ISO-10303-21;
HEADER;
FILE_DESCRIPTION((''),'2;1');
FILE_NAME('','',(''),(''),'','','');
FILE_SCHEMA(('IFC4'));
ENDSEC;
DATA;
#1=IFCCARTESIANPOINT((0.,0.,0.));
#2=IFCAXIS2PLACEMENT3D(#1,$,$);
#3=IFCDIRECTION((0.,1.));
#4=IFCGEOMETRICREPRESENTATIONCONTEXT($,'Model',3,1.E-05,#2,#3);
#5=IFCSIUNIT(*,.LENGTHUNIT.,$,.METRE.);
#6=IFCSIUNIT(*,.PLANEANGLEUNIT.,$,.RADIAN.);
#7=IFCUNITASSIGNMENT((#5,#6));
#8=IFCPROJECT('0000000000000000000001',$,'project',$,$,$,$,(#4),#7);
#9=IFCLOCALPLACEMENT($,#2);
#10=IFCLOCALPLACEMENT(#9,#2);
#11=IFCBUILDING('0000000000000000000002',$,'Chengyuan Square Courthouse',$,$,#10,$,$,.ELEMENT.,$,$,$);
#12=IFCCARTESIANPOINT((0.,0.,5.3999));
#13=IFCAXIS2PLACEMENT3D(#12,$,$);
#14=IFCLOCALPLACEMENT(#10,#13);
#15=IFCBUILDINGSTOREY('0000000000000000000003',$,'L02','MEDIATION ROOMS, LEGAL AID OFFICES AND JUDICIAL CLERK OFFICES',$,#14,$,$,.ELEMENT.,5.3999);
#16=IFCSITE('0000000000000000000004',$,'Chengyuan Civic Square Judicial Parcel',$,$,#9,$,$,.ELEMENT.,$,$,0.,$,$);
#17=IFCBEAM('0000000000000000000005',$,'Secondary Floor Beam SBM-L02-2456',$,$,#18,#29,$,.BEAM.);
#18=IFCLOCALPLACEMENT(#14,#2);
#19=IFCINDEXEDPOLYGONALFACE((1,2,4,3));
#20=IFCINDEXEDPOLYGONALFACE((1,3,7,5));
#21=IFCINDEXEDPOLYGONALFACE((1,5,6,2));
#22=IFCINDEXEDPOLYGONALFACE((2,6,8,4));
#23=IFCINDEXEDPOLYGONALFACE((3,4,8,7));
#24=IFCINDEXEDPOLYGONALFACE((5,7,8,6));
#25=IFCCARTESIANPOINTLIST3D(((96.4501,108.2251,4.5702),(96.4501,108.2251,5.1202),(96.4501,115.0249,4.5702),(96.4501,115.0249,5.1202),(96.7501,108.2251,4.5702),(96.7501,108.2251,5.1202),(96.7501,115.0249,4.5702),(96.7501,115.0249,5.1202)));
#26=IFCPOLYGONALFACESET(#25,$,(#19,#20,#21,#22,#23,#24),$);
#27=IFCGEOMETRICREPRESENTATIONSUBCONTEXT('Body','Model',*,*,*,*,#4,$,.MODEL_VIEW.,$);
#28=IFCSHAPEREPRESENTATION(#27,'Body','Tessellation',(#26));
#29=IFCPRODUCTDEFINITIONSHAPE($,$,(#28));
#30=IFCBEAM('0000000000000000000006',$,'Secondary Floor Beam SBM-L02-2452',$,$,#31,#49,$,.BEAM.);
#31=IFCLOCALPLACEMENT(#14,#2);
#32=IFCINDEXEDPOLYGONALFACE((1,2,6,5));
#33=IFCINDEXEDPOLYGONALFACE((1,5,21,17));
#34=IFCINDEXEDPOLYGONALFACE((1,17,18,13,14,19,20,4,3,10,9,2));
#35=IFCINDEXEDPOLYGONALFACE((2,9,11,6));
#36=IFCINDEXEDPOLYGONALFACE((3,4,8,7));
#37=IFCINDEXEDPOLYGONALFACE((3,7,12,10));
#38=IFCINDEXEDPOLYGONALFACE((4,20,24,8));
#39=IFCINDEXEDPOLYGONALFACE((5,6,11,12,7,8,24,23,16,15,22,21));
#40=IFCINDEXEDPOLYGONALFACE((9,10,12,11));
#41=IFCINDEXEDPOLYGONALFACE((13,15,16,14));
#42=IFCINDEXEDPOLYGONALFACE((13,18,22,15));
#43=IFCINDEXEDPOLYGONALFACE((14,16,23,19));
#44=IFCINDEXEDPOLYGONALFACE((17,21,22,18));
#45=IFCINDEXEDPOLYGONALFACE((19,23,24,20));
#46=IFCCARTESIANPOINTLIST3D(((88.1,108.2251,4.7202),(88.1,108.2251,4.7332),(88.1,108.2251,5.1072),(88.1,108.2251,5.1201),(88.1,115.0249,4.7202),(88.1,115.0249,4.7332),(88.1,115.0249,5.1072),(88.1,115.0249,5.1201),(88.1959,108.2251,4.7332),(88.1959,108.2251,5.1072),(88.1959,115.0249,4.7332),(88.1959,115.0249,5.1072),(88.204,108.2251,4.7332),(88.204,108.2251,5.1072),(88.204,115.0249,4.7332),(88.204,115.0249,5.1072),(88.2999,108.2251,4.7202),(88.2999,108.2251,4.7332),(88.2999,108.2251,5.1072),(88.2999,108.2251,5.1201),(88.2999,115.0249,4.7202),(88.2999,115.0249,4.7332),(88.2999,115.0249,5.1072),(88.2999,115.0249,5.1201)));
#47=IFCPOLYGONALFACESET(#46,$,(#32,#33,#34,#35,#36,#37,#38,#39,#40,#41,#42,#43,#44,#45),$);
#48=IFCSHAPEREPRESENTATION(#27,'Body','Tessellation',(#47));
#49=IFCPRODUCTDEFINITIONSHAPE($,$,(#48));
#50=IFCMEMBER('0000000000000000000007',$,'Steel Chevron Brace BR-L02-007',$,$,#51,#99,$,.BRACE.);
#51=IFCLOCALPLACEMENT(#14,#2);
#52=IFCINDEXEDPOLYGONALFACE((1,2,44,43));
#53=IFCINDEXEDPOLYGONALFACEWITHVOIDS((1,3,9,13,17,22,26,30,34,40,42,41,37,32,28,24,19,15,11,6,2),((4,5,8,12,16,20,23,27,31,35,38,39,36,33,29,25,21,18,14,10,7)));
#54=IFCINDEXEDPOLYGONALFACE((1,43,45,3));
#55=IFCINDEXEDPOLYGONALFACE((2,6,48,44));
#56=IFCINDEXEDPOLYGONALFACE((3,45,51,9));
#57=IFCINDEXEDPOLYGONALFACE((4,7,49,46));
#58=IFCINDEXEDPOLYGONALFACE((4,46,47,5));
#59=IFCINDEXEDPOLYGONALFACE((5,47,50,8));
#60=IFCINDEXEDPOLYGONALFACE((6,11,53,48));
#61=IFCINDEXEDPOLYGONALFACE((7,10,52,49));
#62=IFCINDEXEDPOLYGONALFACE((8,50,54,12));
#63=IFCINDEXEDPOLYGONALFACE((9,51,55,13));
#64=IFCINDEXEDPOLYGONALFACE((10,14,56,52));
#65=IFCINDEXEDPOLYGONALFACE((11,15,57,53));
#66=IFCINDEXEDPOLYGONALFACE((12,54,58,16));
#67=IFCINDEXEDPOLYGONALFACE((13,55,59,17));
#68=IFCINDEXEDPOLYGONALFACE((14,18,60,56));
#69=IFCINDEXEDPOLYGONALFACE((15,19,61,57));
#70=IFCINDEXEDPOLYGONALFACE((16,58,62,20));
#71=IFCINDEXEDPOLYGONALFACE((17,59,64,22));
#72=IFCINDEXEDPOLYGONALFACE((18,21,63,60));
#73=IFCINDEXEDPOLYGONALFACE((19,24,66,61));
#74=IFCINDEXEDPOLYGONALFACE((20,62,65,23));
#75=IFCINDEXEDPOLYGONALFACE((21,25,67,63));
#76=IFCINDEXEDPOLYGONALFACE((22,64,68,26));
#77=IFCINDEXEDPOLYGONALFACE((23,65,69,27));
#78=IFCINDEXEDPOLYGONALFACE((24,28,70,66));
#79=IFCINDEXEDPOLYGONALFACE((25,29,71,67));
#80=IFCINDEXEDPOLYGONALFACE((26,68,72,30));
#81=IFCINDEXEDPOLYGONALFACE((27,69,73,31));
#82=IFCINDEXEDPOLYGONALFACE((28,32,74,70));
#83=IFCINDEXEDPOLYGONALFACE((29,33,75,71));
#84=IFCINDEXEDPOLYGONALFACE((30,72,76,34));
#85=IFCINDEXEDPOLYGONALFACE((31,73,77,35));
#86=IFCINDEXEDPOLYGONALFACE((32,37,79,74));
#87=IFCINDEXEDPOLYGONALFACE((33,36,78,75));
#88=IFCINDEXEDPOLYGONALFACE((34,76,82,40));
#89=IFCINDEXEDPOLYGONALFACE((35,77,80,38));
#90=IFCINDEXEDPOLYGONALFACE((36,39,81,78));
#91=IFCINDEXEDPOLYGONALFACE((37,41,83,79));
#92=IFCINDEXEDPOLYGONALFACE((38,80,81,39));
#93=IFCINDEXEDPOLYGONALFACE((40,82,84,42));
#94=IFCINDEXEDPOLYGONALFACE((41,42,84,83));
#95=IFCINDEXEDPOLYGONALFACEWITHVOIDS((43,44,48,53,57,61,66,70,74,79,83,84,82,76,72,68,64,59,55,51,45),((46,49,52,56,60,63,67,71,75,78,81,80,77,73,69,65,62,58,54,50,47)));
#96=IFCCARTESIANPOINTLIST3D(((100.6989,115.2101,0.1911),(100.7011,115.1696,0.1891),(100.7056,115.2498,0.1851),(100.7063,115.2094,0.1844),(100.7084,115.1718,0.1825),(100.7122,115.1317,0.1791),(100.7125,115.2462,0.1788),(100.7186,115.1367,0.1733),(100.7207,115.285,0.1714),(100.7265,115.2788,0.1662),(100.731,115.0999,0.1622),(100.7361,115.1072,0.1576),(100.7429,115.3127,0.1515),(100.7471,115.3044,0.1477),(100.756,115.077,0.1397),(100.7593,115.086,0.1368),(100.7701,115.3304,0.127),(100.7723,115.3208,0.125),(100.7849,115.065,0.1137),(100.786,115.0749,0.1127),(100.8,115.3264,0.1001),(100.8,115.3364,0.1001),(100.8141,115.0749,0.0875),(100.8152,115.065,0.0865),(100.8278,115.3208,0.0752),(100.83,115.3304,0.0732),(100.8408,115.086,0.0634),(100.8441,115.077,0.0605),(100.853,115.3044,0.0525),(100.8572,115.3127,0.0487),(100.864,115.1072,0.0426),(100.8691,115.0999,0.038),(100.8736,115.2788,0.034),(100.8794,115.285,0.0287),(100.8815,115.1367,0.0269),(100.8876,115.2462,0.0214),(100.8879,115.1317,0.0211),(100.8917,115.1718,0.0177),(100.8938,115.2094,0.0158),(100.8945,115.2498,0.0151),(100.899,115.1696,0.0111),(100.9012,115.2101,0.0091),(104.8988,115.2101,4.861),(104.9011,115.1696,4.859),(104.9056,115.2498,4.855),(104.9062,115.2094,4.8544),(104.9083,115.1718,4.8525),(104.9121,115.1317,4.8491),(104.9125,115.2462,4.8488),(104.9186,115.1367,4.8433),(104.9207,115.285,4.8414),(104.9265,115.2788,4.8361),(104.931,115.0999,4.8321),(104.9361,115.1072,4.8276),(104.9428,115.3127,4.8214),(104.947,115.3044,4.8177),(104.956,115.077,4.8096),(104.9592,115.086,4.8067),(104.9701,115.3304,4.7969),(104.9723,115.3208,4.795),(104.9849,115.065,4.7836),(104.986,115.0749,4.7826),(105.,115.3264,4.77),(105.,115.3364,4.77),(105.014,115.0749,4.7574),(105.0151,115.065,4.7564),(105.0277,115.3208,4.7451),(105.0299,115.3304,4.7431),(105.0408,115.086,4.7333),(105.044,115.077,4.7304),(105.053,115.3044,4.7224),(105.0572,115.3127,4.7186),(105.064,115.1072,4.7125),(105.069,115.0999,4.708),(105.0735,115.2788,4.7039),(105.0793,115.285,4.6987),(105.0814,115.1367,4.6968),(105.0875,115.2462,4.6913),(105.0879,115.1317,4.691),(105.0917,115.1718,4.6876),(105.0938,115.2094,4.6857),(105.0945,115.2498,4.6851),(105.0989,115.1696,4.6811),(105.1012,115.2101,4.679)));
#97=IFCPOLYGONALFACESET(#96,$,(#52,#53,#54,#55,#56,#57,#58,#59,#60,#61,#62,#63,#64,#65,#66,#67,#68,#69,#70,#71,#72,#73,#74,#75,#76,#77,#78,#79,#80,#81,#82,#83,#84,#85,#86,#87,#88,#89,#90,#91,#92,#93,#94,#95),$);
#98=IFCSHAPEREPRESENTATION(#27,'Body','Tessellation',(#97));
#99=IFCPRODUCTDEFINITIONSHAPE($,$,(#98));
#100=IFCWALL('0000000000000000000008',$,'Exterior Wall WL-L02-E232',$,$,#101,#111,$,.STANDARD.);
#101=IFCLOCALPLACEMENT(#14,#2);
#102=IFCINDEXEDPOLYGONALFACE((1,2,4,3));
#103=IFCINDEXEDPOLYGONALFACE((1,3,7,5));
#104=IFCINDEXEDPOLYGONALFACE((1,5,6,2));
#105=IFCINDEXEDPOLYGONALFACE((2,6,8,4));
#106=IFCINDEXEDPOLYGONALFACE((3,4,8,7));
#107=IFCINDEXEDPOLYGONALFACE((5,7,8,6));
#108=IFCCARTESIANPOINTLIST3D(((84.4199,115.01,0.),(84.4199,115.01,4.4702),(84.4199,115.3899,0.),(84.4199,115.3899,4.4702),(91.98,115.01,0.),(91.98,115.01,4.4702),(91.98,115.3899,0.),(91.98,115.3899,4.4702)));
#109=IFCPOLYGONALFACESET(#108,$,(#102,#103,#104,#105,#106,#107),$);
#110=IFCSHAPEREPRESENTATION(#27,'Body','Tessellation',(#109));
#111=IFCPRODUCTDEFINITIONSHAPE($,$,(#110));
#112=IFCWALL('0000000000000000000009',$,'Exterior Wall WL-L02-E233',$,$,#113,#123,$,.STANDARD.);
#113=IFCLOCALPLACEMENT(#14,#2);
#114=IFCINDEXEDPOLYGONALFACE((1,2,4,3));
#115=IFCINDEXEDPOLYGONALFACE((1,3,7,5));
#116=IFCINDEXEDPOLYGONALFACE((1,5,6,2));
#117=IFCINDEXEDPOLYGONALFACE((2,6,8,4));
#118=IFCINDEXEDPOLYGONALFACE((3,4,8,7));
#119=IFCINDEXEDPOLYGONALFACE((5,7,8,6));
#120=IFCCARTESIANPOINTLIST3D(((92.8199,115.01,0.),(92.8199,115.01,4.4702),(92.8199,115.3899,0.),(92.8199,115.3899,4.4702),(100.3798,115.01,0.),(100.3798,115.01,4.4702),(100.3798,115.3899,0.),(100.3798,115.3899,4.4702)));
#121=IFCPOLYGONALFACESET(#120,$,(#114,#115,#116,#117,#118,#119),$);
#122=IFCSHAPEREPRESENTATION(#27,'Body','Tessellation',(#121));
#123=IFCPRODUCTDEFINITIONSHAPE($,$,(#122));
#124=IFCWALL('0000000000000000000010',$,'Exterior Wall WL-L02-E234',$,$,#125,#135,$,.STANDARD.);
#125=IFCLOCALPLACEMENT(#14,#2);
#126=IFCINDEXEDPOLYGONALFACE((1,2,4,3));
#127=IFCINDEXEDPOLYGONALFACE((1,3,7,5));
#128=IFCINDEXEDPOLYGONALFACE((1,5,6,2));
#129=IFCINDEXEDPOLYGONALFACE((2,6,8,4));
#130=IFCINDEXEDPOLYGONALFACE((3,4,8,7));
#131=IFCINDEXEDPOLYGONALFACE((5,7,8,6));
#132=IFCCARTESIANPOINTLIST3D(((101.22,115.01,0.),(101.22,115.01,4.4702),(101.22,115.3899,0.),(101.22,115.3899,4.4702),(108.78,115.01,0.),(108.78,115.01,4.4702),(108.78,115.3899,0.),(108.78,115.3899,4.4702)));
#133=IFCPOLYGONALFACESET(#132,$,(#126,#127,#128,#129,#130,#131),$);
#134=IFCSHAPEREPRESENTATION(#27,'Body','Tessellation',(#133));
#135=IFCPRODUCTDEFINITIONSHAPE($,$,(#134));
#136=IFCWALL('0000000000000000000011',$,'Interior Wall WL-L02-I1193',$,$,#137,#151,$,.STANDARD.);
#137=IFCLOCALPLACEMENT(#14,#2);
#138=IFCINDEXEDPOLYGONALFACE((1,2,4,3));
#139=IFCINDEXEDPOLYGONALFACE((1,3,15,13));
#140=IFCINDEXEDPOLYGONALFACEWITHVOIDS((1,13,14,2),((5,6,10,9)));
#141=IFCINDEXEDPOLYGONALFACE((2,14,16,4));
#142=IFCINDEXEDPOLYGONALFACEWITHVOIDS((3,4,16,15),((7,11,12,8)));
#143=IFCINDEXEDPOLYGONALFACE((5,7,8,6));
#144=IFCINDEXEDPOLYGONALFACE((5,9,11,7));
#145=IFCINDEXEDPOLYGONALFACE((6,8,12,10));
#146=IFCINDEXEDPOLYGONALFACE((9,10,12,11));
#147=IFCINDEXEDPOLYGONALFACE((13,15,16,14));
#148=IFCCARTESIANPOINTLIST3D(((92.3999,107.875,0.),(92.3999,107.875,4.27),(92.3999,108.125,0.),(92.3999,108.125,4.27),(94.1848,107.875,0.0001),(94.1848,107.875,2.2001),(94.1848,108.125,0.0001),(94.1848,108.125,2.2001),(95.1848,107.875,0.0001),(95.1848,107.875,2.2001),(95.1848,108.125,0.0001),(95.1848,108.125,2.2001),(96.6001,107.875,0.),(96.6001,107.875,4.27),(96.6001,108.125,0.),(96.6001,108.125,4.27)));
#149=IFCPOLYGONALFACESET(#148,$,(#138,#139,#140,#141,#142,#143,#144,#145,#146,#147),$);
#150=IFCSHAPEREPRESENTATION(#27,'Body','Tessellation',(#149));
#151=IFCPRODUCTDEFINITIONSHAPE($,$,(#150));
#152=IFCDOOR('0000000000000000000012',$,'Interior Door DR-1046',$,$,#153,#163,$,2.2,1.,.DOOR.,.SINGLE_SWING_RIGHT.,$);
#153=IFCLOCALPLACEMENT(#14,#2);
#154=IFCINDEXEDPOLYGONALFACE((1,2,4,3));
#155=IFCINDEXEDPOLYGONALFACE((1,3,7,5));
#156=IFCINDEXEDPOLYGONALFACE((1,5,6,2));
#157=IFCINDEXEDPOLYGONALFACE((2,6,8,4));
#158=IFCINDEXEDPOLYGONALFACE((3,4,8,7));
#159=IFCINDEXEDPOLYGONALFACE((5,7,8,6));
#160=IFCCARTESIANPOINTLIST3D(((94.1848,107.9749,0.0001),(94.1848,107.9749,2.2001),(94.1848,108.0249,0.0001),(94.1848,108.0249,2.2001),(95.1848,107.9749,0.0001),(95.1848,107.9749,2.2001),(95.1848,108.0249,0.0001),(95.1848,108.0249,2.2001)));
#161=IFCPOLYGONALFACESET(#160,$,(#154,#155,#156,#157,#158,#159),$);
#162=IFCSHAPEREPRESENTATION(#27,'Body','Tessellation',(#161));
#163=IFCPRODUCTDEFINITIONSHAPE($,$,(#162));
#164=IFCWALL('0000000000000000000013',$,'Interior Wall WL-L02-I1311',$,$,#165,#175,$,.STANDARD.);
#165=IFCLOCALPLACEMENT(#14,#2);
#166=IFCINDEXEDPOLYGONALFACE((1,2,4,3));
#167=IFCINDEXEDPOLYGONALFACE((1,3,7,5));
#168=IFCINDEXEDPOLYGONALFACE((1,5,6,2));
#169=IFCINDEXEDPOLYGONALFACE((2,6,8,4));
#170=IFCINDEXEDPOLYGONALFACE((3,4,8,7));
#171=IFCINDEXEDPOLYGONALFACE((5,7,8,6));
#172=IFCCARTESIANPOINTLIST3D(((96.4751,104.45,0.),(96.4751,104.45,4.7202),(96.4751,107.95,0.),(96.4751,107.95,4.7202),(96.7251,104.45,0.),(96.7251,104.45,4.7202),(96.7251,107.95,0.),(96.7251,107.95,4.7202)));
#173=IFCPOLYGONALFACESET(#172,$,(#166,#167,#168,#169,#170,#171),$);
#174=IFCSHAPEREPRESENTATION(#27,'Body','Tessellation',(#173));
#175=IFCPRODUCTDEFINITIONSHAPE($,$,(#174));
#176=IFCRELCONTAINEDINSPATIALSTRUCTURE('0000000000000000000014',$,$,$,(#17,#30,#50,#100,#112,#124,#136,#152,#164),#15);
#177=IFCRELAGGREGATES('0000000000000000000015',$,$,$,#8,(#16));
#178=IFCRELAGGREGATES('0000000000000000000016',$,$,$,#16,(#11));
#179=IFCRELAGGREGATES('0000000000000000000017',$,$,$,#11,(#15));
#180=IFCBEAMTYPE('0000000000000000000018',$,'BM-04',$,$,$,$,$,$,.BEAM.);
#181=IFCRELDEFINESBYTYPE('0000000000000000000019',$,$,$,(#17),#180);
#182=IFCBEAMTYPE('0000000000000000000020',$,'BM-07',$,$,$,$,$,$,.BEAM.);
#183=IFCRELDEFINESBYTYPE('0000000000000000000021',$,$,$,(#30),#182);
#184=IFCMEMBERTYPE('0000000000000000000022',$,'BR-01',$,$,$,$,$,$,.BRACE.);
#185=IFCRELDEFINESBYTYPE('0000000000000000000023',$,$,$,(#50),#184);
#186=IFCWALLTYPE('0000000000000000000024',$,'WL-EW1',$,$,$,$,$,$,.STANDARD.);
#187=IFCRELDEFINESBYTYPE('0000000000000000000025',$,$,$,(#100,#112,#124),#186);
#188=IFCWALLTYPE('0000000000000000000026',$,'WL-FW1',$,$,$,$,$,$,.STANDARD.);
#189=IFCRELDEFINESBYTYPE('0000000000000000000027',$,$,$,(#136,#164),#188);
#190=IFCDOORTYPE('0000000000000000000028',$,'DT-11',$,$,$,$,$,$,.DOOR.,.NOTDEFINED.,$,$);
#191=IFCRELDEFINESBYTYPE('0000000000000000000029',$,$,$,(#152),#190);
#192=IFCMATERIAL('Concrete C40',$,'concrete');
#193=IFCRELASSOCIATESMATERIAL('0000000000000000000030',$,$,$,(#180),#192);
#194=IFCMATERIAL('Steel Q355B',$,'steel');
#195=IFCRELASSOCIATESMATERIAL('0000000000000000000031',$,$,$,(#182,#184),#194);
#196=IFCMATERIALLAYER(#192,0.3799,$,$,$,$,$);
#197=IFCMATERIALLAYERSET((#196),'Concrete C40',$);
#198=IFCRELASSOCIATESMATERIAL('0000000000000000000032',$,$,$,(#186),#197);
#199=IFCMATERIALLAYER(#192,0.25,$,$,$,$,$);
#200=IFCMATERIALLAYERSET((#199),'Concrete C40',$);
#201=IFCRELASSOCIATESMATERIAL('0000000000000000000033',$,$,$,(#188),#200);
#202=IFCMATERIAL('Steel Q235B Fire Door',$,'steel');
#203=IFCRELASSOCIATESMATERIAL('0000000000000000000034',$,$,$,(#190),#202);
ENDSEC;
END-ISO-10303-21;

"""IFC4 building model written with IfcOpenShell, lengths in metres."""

from ifc_helpers import new_model, si_unit, direction, frame, frame_2d, origin, origin_2d, place, context, subcontext, project, spatial, rectangle, hollow_circle, i_section, extrude, material, layer, layer_set, material_profile, profile_set, type_object, element, fill, save


model = new_model("IFC4")

# Units and contexts
model_context = context("Model", 3, precision=1e-05, world=origin(), true_north=direction((0.0, 1.0)))
body_context = subcontext(model_context, "Body", "Model", "MODEL_VIEW")
ifc_project = project(units=[si_unit("LENGTHUNIT", "METRE"), si_unit("PLANEANGLEUNIT", "RADIAN")], contexts=[model_context])

# Site, building, storey
site_placement = place(None, origin())
site = spatial("IfcSite", under=ifc_project, at=site_placement, Name="Chengyuan Civic Square Judicial Parcel", CompositionType="ELEMENT", RefElevation=0.0)
building_placement = place(site_placement, origin())
building = spatial("IfcBuilding", under=site, at=building_placement, Name="Chengyuan Square Courthouse", CompositionType="ELEMENT")
storey_placement = place(building_placement, frame((0.0, 0.0, 5.3999)))
storey = spatial("IfcBuildingStorey", under=building, at=storey_placement, Name="L02", Description="MEDIATION ROOMS, LEGAL AID OFFICES AND JUDICIAL CLERK OFFICES", CompositionType="ELEMENT", Elevation=5.3999)

# Shared definitions
ifc_material_1 = material(Name="Concrete C40", Category="concrete")

# Beams
ifc_material_profile_1 = material_profile(ifc_material_1, rectangle(XDim=0.3, YDim=0.55, at=origin_2d()), Name="RC-BM-300x550")
ifc_profile_set_1 = profile_set([ifc_material_profile_1], Name="Concrete C40")
beam_type_1 = type_object("IfcBeamType", Name="BM-04", PredefinedType="BEAM", material=ifc_profile_set_1)
beam_1_placement = place(storey_placement, frame((96.6001, 108.2251, 4.8452), z_axis=(0.0, 1.0, 0.0), x_axis=(-1.0, 0.0, 0.0)))
element("IfcBeam", 1, at=beam_1_placement, inside=storey, type_object=beam_type_1, Name="Secondary Floor Beam SBM-L02-2456", PredefinedType="BEAM", context=body_context, shape_type="SweptSolid", body=[
    extrude(rectangle(XDim=0.3, YDim=0.55, at=origin_2d()), origin(), (0.0, 0.0, 1.0), 6.7998),
])
ifc_material_2 = material(Name="Steel Q355B", Category="steel")
ifc_material_profile_2 = material_profile(ifc_material_2, i_section(OverallWidth=0.2, OverallDepth=0.3999, WebThickness=0.0081, FlangeThickness=0.0129, at=origin_2d()), Name="HN 400x200x8x13")
ifc_profile_set_2 = profile_set([ifc_material_profile_2], Name="Steel Q355B")
beam_type_2 = type_object("IfcBeamType", Name="BM-07", PredefinedType="BEAM", material=ifc_profile_set_2)
beam_2_placement = place(storey_placement, frame((88.2, 108.2251, 4.9202), z_axis=(0.0, 1.0, 0.0), x_axis=(-1.0, 0.0, 0.0)))
element("IfcBeam", 2, at=beam_2_placement, inside=storey, type_object=beam_type_2, Name="Secondary Floor Beam SBM-L02-2452", PredefinedType="BEAM", context=body_context, shape_type="SweptSolid", body=[
    extrude(i_section(OverallWidth=0.2, OverallDepth=0.3999, WebThickness=0.0081, FlangeThickness=0.0129, at=origin_2d()), origin(), (0.0, 0.0, 1.0), 6.7998),
])

# Member
ifc_material_profile_3 = material_profile(ifc_material_2, hollow_circle(Radius=0.1365, WallThickness=0.01, at=origin_2d()), Name="CHS 273x10")
ifc_profile_set_3 = profile_set([ifc_material_profile_3], Name="Steel Q355B")
member_type = type_object("IfcMemberType", Name="BR-01", PredefinedType="BRACE", material=ifc_profile_set_3)
member_placement = place(storey_placement, frame((100.8, 115.2, 0.1001), z_axis=(0.668703, 0.0, 0.74353), x_axis=(0.0, 1.0, 0.0)))
element("IfcMember", 3, at=member_placement, inside=storey, type_object=member_type, Name="Steel Chevron Brace BR-L02-007", PredefinedType="BRACE", context=body_context, shape_type="SweptSolid", body=[
    extrude(hollow_circle(Radius=0.1365, WallThickness=0.01, at=origin_2d()), origin(), (0.0, 0.0, 1.0), 6.2808),
])

# Walls
ifc_layer_1 = layer(ifc_material_1, 0.3799)
ifc_layer_set_1 = layer_set([ifc_layer_1], Name="Concrete C40")
wall_type_1 = type_object("IfcWallType", Name="WL-EW1", PredefinedType="STANDARD", material=ifc_layer_set_1)
wall_1_placement = place(storey_placement, frame((84.4199, 115.2, 0.0), z_axis=(0.0, 0.0, 1.0), x_axis=(1.0, 0.0, 0.0)))
element("IfcWall", 4, at=wall_1_placement, inside=storey, type_object=wall_type_1, Name="Exterior Wall WL-L02-E232", PredefinedType="STANDARD", context=body_context, shape_type="SweptSolid", body=[
    extrude(rectangle(XDim=7.5601, YDim=0.3799, at=frame_2d((3.78, 0.0))), origin(), (0.0, 0.0, 1.0), 4.4702),
])
wall_2_placement = place(storey_placement, frame((92.8201, 115.2, 0.0), z_axis=(0.0, 0.0, 1.0), x_axis=(1.0, 0.0, 0.0)))
element("IfcWall", 5, at=wall_2_placement, inside=storey, type_object=wall_type_1, Name="Exterior Wall WL-L02-E233", PredefinedType="STANDARD", context=body_context, shape_type="SweptSolid", body=[
    extrude(rectangle(XDim=7.5598, YDim=0.3799, at=frame_2d((3.7798, 0.0))), origin(), (0.0, 0.0, 1.0), 4.4702),
])
wall_3_placement = place(storey_placement, frame((101.22, 115.2, 0.0), z_axis=(0.0, 0.0, 1.0), x_axis=(1.0, 0.0, 0.0)))
element("IfcWall", 6, at=wall_3_placement, inside=storey, type_object=wall_type_1, Name="Exterior Wall WL-L02-E234", PredefinedType="STANDARD", context=body_context, shape_type="SweptSolid", body=[
    extrude(rectangle(XDim=7.5601, YDim=0.3799, at=frame_2d((3.78, 0.0))), origin(), (0.0, 0.0, 1.0), 4.4702),
])

# Wall, opening, door
ifc_layer_2 = layer(ifc_material_1, 0.25)
ifc_layer_set_2 = layer_set([ifc_layer_2], Name="Concrete C40")
wall_type_2 = type_object("IfcWallType", Name="WL-FW1", PredefinedType="STANDARD", material=ifc_layer_set_2)
wall_4_placement = place(storey_placement, frame((92.3999, 108.0, 0.0), z_axis=(0.0, 0.0, 1.0), x_axis=(1.0, 0.0, 0.0)))
wall_4 = element("IfcWall", 7, at=wall_4_placement, inside=storey, type_object=wall_type_2, Name="Interior Wall WL-L02-I1193", PredefinedType="STANDARD", context=body_context, shape_type="SweptSolid", body=[
    extrude(rectangle(XDim=4.2002, YDim=0.25, at=frame_2d((2.1001, 0.0))), origin(), (0.0, 0.0, 1.0), 4.27),
])
opening_placement = place(wall_4_placement, frame((1.7849, 0.0, 0.0)))
opening = element("IfcOpeningElement", 8, at=opening_placement, cuts=wall_4, PredefinedType="OPENING", context=body_context, shape_type="SweptSolid", body=[
    extrude(rectangle(XDim=1.0, YDim=2.2, at=frame_2d((0.5, 1.1001))), frame((0.0, 0.137, 0.0), z_axis=(0.0, -1.0, 0.0), x_axis=(1.0, 0.0, 0.0)), (0.0, 0.0, 1.0), 0.2739),
])
ifc_material_3 = material(Name="Steel Q235B Fire Door", Category="steel")
door_type = type_object("IfcDoorType", Name="DT-11", OperationType="NOTDEFINED", PredefinedType="DOOR", material=ifc_material_3)
door_placement = place(opening_placement, origin())
door = element("IfcDoor", 9, at=door_placement, inside=storey, type_object=door_type, Name="Interior Door DR-1046", OperationType="SINGLE_SWING_RIGHT", OverallHeight=2.2, OverallWidth=1.0, PredefinedType="DOOR", context=body_context, shape_type="SweptSolid", body=[
    extrude(rectangle(XDim=1.0, YDim=2.2, at=frame_2d((0.5, 1.1001))), frame((0.0, 0.0249, 0.0), z_axis=(0.0, -1.0, 0.0), x_axis=(1.0, 0.0, 0.0)), (0.0, 0.0, 1.0), 0.05),
])
fill(opening, door)

# Wall
wall_5_placement = place(storey_placement, frame((96.6001, 104.45, 0.0), z_axis=(0.0, 0.0, 1.0), x_axis=(0.0, 1.0, 0.0)))
element("IfcWall", 10, at=wall_5_placement, inside=storey, type_object=wall_type_2, Name="Interior Wall WL-L02-I1311", PredefinedType="STANDARD", context=body_context, shape_type="SweptSolid", body=[
    extrude(rectangle(XDim=3.5, YDim=0.25, at=frame_2d((1.75, 0.0))), origin(), (0.0, 0.0, 1.0), 4.7202),
])

save(model, "model.ifc")
